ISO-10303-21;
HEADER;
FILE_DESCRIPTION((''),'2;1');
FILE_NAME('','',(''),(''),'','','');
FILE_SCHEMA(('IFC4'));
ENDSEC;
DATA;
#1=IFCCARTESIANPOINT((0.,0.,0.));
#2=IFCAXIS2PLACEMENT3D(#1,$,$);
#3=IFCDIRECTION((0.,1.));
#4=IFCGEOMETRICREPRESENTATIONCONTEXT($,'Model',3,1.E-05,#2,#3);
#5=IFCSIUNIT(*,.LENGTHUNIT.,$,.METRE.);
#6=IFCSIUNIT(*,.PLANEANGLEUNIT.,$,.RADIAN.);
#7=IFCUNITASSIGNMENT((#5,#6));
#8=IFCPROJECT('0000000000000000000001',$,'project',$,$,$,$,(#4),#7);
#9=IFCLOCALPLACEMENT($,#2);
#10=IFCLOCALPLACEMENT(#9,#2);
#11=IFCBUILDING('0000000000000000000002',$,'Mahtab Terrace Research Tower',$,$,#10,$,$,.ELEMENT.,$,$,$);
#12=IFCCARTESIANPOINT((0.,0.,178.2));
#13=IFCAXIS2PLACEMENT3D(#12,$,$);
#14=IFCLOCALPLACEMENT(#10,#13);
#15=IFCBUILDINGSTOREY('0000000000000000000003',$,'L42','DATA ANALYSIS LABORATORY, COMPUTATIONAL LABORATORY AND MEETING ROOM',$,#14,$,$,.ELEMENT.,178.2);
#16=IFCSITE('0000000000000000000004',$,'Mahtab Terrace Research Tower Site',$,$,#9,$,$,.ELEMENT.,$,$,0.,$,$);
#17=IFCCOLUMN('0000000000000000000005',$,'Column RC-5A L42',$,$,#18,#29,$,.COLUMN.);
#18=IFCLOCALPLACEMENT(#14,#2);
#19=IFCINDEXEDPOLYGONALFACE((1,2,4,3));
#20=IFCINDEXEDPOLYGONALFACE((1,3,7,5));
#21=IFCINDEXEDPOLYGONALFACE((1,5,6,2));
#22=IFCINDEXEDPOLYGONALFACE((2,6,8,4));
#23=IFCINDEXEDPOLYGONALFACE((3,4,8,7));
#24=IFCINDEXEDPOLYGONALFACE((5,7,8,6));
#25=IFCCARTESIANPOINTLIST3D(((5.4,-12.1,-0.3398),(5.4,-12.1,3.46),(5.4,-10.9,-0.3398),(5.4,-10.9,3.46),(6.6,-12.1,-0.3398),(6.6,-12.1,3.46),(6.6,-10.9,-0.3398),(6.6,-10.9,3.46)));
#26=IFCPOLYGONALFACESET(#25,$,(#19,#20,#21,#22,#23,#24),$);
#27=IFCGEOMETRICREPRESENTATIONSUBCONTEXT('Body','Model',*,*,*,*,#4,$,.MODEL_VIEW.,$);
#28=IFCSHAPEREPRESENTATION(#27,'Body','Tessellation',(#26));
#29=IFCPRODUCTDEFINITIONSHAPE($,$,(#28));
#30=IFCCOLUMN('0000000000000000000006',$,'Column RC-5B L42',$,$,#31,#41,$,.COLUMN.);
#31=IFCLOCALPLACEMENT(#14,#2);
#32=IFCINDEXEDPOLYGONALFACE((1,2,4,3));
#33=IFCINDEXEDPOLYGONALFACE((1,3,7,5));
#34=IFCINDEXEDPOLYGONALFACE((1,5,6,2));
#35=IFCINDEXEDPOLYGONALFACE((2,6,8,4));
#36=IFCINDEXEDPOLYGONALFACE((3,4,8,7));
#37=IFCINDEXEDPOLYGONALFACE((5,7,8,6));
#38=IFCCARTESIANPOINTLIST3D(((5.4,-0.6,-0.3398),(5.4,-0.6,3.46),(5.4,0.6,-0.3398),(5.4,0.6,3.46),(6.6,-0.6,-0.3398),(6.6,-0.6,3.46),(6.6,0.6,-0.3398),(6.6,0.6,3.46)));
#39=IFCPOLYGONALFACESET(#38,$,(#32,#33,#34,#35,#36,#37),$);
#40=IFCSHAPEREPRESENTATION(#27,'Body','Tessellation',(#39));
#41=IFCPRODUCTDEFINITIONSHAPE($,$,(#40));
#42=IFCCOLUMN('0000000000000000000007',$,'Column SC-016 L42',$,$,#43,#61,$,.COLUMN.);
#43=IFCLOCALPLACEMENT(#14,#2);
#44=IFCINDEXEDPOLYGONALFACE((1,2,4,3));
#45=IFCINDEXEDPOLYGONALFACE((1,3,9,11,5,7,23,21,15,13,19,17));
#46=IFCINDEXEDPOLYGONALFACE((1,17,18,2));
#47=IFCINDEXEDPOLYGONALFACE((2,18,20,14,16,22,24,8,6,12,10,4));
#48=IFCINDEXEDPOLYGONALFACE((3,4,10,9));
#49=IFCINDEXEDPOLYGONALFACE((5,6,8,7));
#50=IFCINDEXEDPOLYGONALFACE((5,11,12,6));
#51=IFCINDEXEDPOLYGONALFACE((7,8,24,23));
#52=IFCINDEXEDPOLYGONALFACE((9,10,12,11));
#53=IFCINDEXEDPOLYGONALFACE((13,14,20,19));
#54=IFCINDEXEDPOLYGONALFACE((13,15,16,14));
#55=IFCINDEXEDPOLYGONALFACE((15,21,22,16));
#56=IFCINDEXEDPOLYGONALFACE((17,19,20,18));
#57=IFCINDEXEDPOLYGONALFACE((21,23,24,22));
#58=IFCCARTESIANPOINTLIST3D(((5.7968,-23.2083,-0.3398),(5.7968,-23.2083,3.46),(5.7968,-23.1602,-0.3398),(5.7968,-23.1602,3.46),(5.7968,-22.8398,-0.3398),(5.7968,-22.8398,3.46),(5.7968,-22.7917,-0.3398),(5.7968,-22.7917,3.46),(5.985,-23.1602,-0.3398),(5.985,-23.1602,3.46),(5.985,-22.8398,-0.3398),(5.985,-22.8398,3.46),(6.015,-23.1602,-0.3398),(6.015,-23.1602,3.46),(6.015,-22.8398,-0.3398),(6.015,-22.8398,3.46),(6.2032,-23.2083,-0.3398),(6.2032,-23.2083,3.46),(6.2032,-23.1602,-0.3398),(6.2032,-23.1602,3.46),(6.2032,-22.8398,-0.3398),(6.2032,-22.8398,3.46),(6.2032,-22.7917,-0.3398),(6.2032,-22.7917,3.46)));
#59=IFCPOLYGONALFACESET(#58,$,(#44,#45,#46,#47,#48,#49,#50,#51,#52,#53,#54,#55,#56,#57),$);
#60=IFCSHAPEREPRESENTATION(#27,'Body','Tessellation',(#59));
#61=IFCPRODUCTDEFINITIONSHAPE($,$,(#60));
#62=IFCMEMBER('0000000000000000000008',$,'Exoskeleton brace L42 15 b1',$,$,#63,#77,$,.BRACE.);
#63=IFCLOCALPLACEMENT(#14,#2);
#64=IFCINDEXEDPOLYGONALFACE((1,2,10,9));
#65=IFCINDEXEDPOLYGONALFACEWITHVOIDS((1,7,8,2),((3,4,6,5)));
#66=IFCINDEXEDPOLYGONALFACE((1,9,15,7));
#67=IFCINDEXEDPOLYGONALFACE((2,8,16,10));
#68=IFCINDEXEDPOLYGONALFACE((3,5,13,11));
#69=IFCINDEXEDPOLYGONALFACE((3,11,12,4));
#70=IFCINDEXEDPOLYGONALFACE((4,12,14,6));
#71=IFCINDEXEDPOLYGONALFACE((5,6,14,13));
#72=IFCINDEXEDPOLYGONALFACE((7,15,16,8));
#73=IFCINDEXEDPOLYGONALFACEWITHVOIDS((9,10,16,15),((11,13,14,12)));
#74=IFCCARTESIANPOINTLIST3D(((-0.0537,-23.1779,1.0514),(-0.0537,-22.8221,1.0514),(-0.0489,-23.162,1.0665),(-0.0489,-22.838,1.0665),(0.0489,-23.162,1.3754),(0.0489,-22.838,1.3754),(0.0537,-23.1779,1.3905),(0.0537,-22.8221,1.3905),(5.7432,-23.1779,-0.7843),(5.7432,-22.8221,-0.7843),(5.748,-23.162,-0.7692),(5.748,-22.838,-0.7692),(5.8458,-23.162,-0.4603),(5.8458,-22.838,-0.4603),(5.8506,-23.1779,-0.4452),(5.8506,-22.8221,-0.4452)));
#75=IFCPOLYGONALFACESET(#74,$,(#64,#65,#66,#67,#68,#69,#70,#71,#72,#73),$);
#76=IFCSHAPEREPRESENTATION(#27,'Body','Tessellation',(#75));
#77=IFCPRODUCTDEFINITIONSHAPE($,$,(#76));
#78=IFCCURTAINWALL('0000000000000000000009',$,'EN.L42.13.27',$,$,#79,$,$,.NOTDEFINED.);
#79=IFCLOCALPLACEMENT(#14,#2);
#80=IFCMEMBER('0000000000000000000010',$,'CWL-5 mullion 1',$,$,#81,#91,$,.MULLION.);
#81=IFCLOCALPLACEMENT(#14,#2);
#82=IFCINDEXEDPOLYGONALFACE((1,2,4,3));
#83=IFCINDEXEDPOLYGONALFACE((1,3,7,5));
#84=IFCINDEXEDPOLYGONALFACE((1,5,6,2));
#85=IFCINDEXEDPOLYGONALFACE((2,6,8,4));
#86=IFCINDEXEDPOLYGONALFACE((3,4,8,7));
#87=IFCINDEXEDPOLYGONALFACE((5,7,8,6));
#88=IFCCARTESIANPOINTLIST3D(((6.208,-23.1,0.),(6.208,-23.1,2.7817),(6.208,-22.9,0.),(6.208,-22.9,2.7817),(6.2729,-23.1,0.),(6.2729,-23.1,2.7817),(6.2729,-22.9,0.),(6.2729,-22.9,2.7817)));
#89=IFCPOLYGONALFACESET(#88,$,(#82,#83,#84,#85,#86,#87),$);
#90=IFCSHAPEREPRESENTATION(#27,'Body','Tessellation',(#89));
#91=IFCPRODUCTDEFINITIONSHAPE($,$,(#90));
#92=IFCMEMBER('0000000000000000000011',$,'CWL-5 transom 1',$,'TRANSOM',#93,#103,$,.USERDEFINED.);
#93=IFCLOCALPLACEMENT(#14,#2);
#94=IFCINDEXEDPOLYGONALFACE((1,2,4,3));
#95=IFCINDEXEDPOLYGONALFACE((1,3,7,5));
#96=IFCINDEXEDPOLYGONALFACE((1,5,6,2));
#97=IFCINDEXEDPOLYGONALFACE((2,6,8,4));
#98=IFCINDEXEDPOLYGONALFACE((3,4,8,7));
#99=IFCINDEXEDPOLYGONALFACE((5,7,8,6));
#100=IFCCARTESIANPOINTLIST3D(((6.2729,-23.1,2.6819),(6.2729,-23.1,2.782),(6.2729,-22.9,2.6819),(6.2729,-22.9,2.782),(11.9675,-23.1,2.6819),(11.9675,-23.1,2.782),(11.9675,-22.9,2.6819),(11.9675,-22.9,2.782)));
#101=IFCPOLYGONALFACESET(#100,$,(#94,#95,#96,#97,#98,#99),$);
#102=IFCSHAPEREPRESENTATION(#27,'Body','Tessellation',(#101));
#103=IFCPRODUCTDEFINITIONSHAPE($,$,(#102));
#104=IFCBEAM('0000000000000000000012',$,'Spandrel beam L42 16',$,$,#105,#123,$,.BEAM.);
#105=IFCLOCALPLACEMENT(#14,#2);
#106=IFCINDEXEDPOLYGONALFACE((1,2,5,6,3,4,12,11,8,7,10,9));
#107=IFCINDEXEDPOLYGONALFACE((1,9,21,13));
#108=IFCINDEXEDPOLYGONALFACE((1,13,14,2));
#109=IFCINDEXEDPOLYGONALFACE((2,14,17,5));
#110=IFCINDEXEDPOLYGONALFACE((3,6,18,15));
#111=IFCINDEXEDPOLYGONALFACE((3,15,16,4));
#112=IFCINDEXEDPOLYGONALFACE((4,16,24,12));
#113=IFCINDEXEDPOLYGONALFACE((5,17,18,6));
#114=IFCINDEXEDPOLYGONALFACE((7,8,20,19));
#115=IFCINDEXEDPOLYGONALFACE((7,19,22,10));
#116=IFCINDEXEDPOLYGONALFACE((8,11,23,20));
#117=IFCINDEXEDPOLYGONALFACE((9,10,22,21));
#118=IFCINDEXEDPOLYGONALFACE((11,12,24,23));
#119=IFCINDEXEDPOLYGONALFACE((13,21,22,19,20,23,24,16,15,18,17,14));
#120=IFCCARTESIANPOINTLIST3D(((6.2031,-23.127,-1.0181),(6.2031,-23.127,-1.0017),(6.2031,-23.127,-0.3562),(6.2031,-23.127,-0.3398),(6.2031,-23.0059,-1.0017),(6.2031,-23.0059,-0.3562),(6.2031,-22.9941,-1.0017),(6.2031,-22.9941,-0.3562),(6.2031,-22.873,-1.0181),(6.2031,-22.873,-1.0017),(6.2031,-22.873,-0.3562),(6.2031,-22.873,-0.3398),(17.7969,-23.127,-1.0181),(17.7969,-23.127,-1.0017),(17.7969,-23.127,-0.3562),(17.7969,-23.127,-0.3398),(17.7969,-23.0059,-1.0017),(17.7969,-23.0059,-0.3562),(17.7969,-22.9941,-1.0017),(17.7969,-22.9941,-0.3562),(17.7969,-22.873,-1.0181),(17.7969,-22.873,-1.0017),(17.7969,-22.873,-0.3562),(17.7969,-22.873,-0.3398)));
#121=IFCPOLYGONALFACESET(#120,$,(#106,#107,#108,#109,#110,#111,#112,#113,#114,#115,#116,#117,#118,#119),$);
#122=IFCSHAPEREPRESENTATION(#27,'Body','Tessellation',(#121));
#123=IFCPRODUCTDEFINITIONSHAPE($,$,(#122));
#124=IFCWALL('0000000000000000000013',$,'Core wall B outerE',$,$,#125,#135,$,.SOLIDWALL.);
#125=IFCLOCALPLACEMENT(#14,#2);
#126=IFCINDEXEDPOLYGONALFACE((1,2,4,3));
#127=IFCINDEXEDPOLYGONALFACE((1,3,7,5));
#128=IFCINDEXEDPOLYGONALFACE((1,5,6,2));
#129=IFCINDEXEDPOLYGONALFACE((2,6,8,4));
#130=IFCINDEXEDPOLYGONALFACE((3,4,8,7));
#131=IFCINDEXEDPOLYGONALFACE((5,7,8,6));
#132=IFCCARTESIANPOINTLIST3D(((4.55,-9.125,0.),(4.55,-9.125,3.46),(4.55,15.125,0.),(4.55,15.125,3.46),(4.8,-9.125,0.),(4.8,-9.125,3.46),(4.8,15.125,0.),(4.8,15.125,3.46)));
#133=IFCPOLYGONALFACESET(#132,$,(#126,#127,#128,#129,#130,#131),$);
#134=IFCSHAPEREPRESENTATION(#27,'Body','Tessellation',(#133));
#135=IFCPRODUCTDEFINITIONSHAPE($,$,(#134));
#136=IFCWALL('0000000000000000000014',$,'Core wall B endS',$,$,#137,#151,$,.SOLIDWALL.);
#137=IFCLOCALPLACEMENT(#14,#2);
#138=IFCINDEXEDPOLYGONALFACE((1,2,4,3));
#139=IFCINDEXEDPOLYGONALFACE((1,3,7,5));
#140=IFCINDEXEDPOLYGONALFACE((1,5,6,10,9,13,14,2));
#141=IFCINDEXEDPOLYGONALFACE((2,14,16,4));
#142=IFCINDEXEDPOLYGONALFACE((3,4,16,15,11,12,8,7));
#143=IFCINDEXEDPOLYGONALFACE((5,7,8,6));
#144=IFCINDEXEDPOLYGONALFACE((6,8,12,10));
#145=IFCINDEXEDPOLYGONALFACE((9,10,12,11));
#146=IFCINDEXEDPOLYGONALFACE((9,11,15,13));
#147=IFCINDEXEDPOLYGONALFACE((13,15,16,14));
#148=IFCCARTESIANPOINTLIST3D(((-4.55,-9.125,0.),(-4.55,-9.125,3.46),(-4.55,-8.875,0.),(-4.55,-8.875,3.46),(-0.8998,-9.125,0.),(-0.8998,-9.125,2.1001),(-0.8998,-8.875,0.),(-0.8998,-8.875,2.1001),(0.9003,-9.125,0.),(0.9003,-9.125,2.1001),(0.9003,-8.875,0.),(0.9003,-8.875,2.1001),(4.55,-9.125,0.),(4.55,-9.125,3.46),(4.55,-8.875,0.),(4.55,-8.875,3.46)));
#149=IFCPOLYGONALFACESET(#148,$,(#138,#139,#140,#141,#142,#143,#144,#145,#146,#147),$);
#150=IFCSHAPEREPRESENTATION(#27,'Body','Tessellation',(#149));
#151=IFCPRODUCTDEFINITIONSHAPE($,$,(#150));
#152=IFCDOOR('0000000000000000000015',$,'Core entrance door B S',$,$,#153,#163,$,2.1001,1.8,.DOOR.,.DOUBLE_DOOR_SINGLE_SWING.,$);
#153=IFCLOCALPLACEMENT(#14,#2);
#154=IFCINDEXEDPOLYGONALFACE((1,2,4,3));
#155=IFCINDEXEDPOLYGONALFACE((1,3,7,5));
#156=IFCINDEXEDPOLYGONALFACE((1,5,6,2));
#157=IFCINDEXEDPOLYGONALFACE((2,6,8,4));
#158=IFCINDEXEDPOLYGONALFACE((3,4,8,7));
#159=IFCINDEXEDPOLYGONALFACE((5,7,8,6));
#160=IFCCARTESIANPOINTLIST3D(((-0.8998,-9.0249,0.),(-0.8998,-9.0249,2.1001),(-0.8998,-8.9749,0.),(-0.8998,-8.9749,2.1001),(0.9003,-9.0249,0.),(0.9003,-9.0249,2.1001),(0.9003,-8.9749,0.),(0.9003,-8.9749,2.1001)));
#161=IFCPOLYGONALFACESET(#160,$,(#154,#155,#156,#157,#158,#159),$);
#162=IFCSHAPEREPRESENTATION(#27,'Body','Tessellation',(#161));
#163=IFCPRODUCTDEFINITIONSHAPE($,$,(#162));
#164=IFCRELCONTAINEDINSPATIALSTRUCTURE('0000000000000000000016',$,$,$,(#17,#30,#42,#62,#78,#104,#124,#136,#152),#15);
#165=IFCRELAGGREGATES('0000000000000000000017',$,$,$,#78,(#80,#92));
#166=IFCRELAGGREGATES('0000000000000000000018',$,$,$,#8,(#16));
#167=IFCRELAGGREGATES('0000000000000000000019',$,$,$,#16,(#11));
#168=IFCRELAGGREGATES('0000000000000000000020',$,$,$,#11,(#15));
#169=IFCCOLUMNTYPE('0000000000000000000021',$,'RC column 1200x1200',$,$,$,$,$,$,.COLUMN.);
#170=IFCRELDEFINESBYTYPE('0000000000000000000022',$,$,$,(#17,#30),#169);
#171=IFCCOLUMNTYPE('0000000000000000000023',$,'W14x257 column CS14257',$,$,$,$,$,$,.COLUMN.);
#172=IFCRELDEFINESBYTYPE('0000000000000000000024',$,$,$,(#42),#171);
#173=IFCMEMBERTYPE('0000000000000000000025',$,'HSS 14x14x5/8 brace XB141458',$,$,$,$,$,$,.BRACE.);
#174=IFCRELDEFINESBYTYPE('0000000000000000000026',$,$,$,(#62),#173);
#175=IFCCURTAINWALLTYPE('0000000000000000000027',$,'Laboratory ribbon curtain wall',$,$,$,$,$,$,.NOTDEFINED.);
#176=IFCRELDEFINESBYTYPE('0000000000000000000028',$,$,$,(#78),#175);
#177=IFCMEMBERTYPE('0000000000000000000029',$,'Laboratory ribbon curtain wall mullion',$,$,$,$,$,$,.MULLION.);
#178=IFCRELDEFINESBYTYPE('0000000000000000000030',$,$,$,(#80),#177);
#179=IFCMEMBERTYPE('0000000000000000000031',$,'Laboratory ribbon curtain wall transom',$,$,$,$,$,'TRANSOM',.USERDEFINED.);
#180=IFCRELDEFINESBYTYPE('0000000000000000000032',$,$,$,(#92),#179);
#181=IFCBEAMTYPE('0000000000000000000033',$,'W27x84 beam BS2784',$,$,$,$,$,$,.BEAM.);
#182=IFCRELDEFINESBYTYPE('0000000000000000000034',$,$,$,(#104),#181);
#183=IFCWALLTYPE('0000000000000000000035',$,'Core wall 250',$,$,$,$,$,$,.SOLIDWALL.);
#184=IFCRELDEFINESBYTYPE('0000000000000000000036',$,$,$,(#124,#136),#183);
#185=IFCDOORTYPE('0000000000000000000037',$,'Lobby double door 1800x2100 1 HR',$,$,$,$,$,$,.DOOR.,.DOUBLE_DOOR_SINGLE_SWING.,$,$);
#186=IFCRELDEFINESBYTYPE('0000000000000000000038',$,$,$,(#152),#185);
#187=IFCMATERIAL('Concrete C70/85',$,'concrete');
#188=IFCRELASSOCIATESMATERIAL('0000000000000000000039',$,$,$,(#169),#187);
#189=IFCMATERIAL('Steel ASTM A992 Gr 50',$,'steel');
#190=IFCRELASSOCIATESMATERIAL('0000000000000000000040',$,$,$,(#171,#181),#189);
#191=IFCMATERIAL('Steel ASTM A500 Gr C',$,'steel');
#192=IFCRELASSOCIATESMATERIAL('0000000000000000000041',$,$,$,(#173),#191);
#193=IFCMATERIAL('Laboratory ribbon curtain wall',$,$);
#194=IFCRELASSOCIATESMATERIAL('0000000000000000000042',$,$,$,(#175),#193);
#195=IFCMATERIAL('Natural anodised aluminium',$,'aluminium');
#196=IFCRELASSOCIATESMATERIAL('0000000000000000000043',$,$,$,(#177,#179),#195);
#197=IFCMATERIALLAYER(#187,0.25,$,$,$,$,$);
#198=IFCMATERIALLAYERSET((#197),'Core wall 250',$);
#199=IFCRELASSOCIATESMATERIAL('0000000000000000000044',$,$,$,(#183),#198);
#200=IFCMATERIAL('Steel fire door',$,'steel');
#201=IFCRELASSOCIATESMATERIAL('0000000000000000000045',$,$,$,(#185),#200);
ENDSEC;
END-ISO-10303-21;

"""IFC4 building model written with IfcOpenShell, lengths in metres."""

from ifc_helpers import new_model, si_unit, direction, frame, frame_2d, origin, origin_2d, place, context, subcontext, project, spatial, rectangle, hollow_rectangle, i_section, extrude, material, layer, layer_set, material_profile, profile_set, type_object, element, fill, aggregate, save


model = new_model("IFC4")

# Units and contexts
model_context = context("Model", 3, precision=1e-05, world=origin(), true_north=direction((0.0, 1.0)))
body_context = subcontext(model_context, "Body", "Model", "MODEL_VIEW")
ifc_project = project(units=[si_unit("LENGTHUNIT", "METRE"), si_unit("PLANEANGLEUNIT", "RADIAN")], contexts=[model_context])

# Site, building, storey
site_placement = place(None, origin())
site = spatial("IfcSite", under=ifc_project, at=site_placement, Name="Mahtab Terrace Research Tower Site", CompositionType="ELEMENT", RefElevation=0.0)
building_placement = place(site_placement, origin())
building = spatial("IfcBuilding", under=site, at=building_placement, Name="Mahtab Terrace Research Tower", CompositionType="ELEMENT")
storey_placement = place(building_placement, frame((0.0, 0.0, 178.2)))
storey = spatial("IfcBuildingStorey", under=building, at=storey_placement, Name="L42", Description="DATA ANALYSIS LABORATORY, COMPUTATIONAL LABORATORY AND MEETING ROOM", CompositionType="ELEMENT", Elevation=178.2)

# Columns
ifc_material_1 = material(Name="Concrete C70/85", Category="concrete")
ifc_material_profile_1 = material_profile(ifc_material_1, rectangle(XDim=1.2, YDim=1.2, at=origin_2d()), Name="RC column 1200x1200")
ifc_profile_set_1 = profile_set([ifc_material_profile_1], Name="Concrete C70/85")
column_type_1 = type_object("IfcColumnType", Name="RC column 1200x1200", PredefinedType="COLUMN", material=ifc_profile_set_1)
for number, where, z_axis, x_axis, name in (
    (1, (6.0, -11.5, -0.3398), (0.0, 0.0, 1.0), (1.0, 0.0, 0.0), "Column RC-5A L42"),
    (2, (6.0, 0.0, -0.3398), (0.0, 0.0, 1.0), (1.0, 0.0, 0.0), "Column RC-5B L42"),
):
    element("IfcColumn", number, at=place(storey_placement, frame(where, z_axis=z_axis, x_axis=x_axis)), inside=storey, type_object=column_type_1, Name=name, PredefinedType="COLUMN", context=body_context, shape_type="SweptSolid", body=[
        extrude(rectangle(XDim=1.2, YDim=1.2, at=origin_2d()), origin(), (0.0, 0.0, 1.0), 3.7998),
    ])
ifc_material_2 = material(Name="Steel ASTM A992 Gr 50", Category="steel")
ifc_material_profile_2 = material_profile(ifc_material_2, i_section(OverallWidth=0.4065, OverallDepth=0.4165, WebThickness=0.03, FlangeThickness=0.0481, at=origin_2d()), Name="W14X257")
ifc_profile_set_2 = profile_set([ifc_material_profile_2], Name="Steel ASTM A992 Gr 50")
column_type_2 = type_object("IfcColumnType", Name="W14x257 column CS14257", PredefinedType="COLUMN", material=ifc_profile_set_2)
column_placement = place(storey_placement, frame((6.0, -23.0, -0.3398), z_axis=(0.0, 0.0, 1.0), x_axis=(1.0, 0.0, 0.0)))
element("IfcColumn", 3, at=column_placement, inside=storey, type_object=column_type_2, Name="Column SC-016 L42", PredefinedType="COLUMN", context=body_context, shape_type="SweptSolid", body=[
    extrude(i_section(OverallWidth=0.4065, OverallDepth=0.4165, WebThickness=0.03, FlangeThickness=0.0481, at=origin_2d()), origin(), (0.0, 0.0, 1.0), 3.7998),
])

# Member
ifc_material_3 = material(Name="Steel ASTM A500 Gr C", Category="steel")
ifc_material_profile_3 = material_profile(ifc_material_3, hollow_rectangle(XDim=0.3557, YDim=0.3557, WallThickness=0.0159, at=origin_2d()), Name="HSS14X14X5/8")
ifc_profile_set_3 = profile_set([ifc_material_profile_3], Name="Steel ASTM A500 Gr C")
member_type_1 = type_object("IfcMemberType", Name="HSS 14x14x5/8 brace XB141458", PredefinedType="BRACE", material=ifc_profile_set_3)
member_1_placement = place(storey_placement, frame((5.7969, -23.0, -0.6147), z_axis=(-0.953341, 0.0, 0.301894), x_axis=(0.0, -1.0, 0.0)))
element("IfcMember", 4, at=member_1_placement, inside=storey, type_object=member_type_1, Name="Exoskeleton brace L42 15 b1", PredefinedType="BRACE", context=body_context, shape_type="SweptSolid", body=[
    extrude(hollow_rectangle(XDim=0.3557, YDim=0.3557, WallThickness=0.0159, at=origin_2d()), origin(), (0.0, 0.0, 1.0), 6.0806),
])

# Curtain wall, members
ifc_material_4 = material(Name="Laboratory ribbon curtain wall")
curtain_wall_type = type_object("IfcCurtainWallType", Name="Laboratory ribbon curtain wall", PredefinedType="NOTDEFINED", material=ifc_material_4)
curtain_wall_placement = place(storey_placement, origin())
curtain_wall = element("IfcCurtainWall", 5, at=curtain_wall_placement, inside=storey, type_object=curtain_wall_type, Name="EN.L42.13.27", PredefinedType="NOTDEFINED")
ifc_material_5 = material(Name="Natural anodised aluminium", Category="aluminium")
ifc_material_profile_4 = material_profile(ifc_material_5, rectangle(XDim=0.2, YDim=0.0649, at=origin_2d()), Name="MULLION 65x200")
ifc_profile_set_4 = profile_set([ifc_material_profile_4], Name="Natural anodised aluminium")
member_type_2 = type_object("IfcMemberType", Name="Laboratory ribbon curtain wall mullion", PredefinedType="MULLION", material=ifc_profile_set_4)
member_2_placement = place(storey_placement, frame((6.2405, -23.0, 0.0), z_axis=(0.0, 0.0, 1.0), x_axis=(0.0, 1.0, 0.0)))
member_2 = element("IfcMember", 6, at=member_2_placement, type_object=member_type_2, Name="CWL-5 mullion 1", PredefinedType="MULLION", context=body_context, shape_type="SweptSolid", body=[
    extrude(rectangle(XDim=0.2, YDim=0.0649, at=origin_2d()), origin(), (0.0, 0.0, 1.0), 2.7817),
])
ifc_material_profile_5 = material_profile(ifc_material_5, rectangle(XDim=0.2, YDim=0.1001, at=origin_2d()), Name="TRANSOM 100x200")
ifc_profile_set_5 = profile_set([ifc_material_profile_5], Name="Natural anodised aluminium")
member_type_3 = type_object("IfcMemberType", Name="Laboratory ribbon curtain wall transom", ElementType="TRANSOM", PredefinedType="USERDEFINED", material=ifc_profile_set_5)
member_3_placement = place(storey_placement, frame((6.2729, -23.0, 2.7319), z_axis=(1.0, 0.0, 0.0), x_axis=(0.0, 1.0, 0.0)))
member_3 = element("IfcMember", 7, at=member_3_placement, type_object=member_type_3, Name="CWL-5 transom 1", ObjectType="TRANSOM", PredefinedType="USERDEFINED", context=body_context, shape_type="SweptSolid", body=[
    extrude(rectangle(XDim=0.2, YDim=0.1001, at=origin_2d()), origin(), (0.0, 0.0, 1.0), 5.6946),
])
aggregate(curtain_wall, [member_2, member_3])

# Beam
ifc_material_profile_6 = material_profile(ifc_material_2, i_section(OverallWidth=0.2539, OverallDepth=0.6782, WebThickness=0.0117, FlangeThickness=0.0164, at=origin_2d()), Name="W27X84")
ifc_profile_set_6 = profile_set([ifc_material_profile_6], Name="Steel ASTM A992 Gr 50")
beam_type = type_object("IfcBeamType", Name="W27x84 beam BS2784", PredefinedType="BEAM", material=ifc_profile_set_6)
beam_placement = place(storey_placement, frame((6.2031, -23.0, -0.679), z_axis=(1.0, 0.0, 0.0), x_axis=(0.0, 1.0, 0.0)))
element("IfcBeam", 8, at=beam_placement, inside=storey, type_object=beam_type, Name="Spandrel beam L42 16", PredefinedType="BEAM", context=body_context, shape_type="SweptSolid", body=[
    extrude(i_section(OverallWidth=0.2539, OverallDepth=0.6782, WebThickness=0.0117, FlangeThickness=0.0164, at=origin_2d()), origin(), (0.0, 0.0, 1.0), 11.5938),
])

# Wall
ifc_layer_1 = layer(ifc_material_1, 0.25)
ifc_layer_set_1 = layer_set([ifc_layer_1], Name="Core wall 250")
wall_type_1 = type_object("IfcWallType", Name="Core wall 250", PredefinedType="SOLIDWALL", material=ifc_layer_set_1)
wall_1_placement = place(storey_placement, frame((4.675, -9.125, 0.0), z_axis=(0.0, 0.0, 1.0), x_axis=(0.0, 1.0, 0.0)))
element("IfcWall", 9, at=wall_1_placement, inside=storey, type_object=wall_type_1, Name="Core wall B outerE", PredefinedType="SOLIDWALL", context=body_context, shape_type="SweptSolid", body=[
    extrude(rectangle(XDim=24.25, YDim=0.25, at=frame_2d((12.125, 0.0))), origin(), (0.0, 0.0, 1.0), 3.46),
])

# Wall, opening, door
wall_2_placement = place(storey_placement, frame((4.55, -9.0, 0.0), z_axis=(0.0, 0.0, 1.0), x_axis=(-1.0, 0.0, 0.0)))
wall_2 = element("IfcWall", 10, at=wall_2_placement, inside=storey, type_object=wall_type_1, Name="Core wall B endS", PredefinedType="SOLIDWALL", context=body_context, shape_type="SweptSolid", body=[
    extrude(rectangle(XDim=9.1001, YDim=0.25, at=frame_2d((4.55, 0.0))), origin(), (0.0, 0.0, 1.0), 3.46),
])
opening_1_placement = place(wall_2_placement, frame((3.6499, 0.0, 0.0)))
opening_1 = element("IfcOpeningElement", 11, at=opening_1_placement, cuts=wall_2, PredefinedType="OPENING", context=body_context, shape_type="SweptSolid", body=[
    extrude(rectangle(XDim=1.8, YDim=2.1001, at=frame_2d((0.8999, 1.05))), frame((0.0, 0.135, 0.0), z_axis=(0.0, -1.0, 0.0), x_axis=(1.0, 0.0, 0.0)), (0.0, 0.0, 1.0), 0.27),
])
ifc_material_6 = material(Name="Steel fire door", Category="steel")
door_type_1 = type_object("IfcDoorType", Name="Lobby double door 1800x2100 1 HR", OperationType="DOUBLE_DOOR_SINGLE_SWING", PredefinedType="DOOR", material=ifc_material_6)
door_1_placement = place(opening_1_placement, origin())
door_1 = element("IfcDoor", 12, at=door_1_placement, inside=storey, type_object=door_type_1, Name="Core entrance door B S", OperationType="DOUBLE_DOOR_SINGLE_SWING", OverallHeight=2.1001, OverallWidth=1.8, PredefinedType="DOOR", context=body_context, shape_type="SweptSolid", body=[
    extrude(rectangle(XDim=1.8, YDim=2.1001, at=frame_2d((0.8999, 1.05))), frame((0.0, 0.0249, 0.0), z_axis=(0.0, -1.0, 0.0), x_axis=(1.0, 0.0, 0.0)), (0.0, 0.0, 1.0), 0.05),
])
fill(opening_1, door_1)

save(model, "model.ifc")
